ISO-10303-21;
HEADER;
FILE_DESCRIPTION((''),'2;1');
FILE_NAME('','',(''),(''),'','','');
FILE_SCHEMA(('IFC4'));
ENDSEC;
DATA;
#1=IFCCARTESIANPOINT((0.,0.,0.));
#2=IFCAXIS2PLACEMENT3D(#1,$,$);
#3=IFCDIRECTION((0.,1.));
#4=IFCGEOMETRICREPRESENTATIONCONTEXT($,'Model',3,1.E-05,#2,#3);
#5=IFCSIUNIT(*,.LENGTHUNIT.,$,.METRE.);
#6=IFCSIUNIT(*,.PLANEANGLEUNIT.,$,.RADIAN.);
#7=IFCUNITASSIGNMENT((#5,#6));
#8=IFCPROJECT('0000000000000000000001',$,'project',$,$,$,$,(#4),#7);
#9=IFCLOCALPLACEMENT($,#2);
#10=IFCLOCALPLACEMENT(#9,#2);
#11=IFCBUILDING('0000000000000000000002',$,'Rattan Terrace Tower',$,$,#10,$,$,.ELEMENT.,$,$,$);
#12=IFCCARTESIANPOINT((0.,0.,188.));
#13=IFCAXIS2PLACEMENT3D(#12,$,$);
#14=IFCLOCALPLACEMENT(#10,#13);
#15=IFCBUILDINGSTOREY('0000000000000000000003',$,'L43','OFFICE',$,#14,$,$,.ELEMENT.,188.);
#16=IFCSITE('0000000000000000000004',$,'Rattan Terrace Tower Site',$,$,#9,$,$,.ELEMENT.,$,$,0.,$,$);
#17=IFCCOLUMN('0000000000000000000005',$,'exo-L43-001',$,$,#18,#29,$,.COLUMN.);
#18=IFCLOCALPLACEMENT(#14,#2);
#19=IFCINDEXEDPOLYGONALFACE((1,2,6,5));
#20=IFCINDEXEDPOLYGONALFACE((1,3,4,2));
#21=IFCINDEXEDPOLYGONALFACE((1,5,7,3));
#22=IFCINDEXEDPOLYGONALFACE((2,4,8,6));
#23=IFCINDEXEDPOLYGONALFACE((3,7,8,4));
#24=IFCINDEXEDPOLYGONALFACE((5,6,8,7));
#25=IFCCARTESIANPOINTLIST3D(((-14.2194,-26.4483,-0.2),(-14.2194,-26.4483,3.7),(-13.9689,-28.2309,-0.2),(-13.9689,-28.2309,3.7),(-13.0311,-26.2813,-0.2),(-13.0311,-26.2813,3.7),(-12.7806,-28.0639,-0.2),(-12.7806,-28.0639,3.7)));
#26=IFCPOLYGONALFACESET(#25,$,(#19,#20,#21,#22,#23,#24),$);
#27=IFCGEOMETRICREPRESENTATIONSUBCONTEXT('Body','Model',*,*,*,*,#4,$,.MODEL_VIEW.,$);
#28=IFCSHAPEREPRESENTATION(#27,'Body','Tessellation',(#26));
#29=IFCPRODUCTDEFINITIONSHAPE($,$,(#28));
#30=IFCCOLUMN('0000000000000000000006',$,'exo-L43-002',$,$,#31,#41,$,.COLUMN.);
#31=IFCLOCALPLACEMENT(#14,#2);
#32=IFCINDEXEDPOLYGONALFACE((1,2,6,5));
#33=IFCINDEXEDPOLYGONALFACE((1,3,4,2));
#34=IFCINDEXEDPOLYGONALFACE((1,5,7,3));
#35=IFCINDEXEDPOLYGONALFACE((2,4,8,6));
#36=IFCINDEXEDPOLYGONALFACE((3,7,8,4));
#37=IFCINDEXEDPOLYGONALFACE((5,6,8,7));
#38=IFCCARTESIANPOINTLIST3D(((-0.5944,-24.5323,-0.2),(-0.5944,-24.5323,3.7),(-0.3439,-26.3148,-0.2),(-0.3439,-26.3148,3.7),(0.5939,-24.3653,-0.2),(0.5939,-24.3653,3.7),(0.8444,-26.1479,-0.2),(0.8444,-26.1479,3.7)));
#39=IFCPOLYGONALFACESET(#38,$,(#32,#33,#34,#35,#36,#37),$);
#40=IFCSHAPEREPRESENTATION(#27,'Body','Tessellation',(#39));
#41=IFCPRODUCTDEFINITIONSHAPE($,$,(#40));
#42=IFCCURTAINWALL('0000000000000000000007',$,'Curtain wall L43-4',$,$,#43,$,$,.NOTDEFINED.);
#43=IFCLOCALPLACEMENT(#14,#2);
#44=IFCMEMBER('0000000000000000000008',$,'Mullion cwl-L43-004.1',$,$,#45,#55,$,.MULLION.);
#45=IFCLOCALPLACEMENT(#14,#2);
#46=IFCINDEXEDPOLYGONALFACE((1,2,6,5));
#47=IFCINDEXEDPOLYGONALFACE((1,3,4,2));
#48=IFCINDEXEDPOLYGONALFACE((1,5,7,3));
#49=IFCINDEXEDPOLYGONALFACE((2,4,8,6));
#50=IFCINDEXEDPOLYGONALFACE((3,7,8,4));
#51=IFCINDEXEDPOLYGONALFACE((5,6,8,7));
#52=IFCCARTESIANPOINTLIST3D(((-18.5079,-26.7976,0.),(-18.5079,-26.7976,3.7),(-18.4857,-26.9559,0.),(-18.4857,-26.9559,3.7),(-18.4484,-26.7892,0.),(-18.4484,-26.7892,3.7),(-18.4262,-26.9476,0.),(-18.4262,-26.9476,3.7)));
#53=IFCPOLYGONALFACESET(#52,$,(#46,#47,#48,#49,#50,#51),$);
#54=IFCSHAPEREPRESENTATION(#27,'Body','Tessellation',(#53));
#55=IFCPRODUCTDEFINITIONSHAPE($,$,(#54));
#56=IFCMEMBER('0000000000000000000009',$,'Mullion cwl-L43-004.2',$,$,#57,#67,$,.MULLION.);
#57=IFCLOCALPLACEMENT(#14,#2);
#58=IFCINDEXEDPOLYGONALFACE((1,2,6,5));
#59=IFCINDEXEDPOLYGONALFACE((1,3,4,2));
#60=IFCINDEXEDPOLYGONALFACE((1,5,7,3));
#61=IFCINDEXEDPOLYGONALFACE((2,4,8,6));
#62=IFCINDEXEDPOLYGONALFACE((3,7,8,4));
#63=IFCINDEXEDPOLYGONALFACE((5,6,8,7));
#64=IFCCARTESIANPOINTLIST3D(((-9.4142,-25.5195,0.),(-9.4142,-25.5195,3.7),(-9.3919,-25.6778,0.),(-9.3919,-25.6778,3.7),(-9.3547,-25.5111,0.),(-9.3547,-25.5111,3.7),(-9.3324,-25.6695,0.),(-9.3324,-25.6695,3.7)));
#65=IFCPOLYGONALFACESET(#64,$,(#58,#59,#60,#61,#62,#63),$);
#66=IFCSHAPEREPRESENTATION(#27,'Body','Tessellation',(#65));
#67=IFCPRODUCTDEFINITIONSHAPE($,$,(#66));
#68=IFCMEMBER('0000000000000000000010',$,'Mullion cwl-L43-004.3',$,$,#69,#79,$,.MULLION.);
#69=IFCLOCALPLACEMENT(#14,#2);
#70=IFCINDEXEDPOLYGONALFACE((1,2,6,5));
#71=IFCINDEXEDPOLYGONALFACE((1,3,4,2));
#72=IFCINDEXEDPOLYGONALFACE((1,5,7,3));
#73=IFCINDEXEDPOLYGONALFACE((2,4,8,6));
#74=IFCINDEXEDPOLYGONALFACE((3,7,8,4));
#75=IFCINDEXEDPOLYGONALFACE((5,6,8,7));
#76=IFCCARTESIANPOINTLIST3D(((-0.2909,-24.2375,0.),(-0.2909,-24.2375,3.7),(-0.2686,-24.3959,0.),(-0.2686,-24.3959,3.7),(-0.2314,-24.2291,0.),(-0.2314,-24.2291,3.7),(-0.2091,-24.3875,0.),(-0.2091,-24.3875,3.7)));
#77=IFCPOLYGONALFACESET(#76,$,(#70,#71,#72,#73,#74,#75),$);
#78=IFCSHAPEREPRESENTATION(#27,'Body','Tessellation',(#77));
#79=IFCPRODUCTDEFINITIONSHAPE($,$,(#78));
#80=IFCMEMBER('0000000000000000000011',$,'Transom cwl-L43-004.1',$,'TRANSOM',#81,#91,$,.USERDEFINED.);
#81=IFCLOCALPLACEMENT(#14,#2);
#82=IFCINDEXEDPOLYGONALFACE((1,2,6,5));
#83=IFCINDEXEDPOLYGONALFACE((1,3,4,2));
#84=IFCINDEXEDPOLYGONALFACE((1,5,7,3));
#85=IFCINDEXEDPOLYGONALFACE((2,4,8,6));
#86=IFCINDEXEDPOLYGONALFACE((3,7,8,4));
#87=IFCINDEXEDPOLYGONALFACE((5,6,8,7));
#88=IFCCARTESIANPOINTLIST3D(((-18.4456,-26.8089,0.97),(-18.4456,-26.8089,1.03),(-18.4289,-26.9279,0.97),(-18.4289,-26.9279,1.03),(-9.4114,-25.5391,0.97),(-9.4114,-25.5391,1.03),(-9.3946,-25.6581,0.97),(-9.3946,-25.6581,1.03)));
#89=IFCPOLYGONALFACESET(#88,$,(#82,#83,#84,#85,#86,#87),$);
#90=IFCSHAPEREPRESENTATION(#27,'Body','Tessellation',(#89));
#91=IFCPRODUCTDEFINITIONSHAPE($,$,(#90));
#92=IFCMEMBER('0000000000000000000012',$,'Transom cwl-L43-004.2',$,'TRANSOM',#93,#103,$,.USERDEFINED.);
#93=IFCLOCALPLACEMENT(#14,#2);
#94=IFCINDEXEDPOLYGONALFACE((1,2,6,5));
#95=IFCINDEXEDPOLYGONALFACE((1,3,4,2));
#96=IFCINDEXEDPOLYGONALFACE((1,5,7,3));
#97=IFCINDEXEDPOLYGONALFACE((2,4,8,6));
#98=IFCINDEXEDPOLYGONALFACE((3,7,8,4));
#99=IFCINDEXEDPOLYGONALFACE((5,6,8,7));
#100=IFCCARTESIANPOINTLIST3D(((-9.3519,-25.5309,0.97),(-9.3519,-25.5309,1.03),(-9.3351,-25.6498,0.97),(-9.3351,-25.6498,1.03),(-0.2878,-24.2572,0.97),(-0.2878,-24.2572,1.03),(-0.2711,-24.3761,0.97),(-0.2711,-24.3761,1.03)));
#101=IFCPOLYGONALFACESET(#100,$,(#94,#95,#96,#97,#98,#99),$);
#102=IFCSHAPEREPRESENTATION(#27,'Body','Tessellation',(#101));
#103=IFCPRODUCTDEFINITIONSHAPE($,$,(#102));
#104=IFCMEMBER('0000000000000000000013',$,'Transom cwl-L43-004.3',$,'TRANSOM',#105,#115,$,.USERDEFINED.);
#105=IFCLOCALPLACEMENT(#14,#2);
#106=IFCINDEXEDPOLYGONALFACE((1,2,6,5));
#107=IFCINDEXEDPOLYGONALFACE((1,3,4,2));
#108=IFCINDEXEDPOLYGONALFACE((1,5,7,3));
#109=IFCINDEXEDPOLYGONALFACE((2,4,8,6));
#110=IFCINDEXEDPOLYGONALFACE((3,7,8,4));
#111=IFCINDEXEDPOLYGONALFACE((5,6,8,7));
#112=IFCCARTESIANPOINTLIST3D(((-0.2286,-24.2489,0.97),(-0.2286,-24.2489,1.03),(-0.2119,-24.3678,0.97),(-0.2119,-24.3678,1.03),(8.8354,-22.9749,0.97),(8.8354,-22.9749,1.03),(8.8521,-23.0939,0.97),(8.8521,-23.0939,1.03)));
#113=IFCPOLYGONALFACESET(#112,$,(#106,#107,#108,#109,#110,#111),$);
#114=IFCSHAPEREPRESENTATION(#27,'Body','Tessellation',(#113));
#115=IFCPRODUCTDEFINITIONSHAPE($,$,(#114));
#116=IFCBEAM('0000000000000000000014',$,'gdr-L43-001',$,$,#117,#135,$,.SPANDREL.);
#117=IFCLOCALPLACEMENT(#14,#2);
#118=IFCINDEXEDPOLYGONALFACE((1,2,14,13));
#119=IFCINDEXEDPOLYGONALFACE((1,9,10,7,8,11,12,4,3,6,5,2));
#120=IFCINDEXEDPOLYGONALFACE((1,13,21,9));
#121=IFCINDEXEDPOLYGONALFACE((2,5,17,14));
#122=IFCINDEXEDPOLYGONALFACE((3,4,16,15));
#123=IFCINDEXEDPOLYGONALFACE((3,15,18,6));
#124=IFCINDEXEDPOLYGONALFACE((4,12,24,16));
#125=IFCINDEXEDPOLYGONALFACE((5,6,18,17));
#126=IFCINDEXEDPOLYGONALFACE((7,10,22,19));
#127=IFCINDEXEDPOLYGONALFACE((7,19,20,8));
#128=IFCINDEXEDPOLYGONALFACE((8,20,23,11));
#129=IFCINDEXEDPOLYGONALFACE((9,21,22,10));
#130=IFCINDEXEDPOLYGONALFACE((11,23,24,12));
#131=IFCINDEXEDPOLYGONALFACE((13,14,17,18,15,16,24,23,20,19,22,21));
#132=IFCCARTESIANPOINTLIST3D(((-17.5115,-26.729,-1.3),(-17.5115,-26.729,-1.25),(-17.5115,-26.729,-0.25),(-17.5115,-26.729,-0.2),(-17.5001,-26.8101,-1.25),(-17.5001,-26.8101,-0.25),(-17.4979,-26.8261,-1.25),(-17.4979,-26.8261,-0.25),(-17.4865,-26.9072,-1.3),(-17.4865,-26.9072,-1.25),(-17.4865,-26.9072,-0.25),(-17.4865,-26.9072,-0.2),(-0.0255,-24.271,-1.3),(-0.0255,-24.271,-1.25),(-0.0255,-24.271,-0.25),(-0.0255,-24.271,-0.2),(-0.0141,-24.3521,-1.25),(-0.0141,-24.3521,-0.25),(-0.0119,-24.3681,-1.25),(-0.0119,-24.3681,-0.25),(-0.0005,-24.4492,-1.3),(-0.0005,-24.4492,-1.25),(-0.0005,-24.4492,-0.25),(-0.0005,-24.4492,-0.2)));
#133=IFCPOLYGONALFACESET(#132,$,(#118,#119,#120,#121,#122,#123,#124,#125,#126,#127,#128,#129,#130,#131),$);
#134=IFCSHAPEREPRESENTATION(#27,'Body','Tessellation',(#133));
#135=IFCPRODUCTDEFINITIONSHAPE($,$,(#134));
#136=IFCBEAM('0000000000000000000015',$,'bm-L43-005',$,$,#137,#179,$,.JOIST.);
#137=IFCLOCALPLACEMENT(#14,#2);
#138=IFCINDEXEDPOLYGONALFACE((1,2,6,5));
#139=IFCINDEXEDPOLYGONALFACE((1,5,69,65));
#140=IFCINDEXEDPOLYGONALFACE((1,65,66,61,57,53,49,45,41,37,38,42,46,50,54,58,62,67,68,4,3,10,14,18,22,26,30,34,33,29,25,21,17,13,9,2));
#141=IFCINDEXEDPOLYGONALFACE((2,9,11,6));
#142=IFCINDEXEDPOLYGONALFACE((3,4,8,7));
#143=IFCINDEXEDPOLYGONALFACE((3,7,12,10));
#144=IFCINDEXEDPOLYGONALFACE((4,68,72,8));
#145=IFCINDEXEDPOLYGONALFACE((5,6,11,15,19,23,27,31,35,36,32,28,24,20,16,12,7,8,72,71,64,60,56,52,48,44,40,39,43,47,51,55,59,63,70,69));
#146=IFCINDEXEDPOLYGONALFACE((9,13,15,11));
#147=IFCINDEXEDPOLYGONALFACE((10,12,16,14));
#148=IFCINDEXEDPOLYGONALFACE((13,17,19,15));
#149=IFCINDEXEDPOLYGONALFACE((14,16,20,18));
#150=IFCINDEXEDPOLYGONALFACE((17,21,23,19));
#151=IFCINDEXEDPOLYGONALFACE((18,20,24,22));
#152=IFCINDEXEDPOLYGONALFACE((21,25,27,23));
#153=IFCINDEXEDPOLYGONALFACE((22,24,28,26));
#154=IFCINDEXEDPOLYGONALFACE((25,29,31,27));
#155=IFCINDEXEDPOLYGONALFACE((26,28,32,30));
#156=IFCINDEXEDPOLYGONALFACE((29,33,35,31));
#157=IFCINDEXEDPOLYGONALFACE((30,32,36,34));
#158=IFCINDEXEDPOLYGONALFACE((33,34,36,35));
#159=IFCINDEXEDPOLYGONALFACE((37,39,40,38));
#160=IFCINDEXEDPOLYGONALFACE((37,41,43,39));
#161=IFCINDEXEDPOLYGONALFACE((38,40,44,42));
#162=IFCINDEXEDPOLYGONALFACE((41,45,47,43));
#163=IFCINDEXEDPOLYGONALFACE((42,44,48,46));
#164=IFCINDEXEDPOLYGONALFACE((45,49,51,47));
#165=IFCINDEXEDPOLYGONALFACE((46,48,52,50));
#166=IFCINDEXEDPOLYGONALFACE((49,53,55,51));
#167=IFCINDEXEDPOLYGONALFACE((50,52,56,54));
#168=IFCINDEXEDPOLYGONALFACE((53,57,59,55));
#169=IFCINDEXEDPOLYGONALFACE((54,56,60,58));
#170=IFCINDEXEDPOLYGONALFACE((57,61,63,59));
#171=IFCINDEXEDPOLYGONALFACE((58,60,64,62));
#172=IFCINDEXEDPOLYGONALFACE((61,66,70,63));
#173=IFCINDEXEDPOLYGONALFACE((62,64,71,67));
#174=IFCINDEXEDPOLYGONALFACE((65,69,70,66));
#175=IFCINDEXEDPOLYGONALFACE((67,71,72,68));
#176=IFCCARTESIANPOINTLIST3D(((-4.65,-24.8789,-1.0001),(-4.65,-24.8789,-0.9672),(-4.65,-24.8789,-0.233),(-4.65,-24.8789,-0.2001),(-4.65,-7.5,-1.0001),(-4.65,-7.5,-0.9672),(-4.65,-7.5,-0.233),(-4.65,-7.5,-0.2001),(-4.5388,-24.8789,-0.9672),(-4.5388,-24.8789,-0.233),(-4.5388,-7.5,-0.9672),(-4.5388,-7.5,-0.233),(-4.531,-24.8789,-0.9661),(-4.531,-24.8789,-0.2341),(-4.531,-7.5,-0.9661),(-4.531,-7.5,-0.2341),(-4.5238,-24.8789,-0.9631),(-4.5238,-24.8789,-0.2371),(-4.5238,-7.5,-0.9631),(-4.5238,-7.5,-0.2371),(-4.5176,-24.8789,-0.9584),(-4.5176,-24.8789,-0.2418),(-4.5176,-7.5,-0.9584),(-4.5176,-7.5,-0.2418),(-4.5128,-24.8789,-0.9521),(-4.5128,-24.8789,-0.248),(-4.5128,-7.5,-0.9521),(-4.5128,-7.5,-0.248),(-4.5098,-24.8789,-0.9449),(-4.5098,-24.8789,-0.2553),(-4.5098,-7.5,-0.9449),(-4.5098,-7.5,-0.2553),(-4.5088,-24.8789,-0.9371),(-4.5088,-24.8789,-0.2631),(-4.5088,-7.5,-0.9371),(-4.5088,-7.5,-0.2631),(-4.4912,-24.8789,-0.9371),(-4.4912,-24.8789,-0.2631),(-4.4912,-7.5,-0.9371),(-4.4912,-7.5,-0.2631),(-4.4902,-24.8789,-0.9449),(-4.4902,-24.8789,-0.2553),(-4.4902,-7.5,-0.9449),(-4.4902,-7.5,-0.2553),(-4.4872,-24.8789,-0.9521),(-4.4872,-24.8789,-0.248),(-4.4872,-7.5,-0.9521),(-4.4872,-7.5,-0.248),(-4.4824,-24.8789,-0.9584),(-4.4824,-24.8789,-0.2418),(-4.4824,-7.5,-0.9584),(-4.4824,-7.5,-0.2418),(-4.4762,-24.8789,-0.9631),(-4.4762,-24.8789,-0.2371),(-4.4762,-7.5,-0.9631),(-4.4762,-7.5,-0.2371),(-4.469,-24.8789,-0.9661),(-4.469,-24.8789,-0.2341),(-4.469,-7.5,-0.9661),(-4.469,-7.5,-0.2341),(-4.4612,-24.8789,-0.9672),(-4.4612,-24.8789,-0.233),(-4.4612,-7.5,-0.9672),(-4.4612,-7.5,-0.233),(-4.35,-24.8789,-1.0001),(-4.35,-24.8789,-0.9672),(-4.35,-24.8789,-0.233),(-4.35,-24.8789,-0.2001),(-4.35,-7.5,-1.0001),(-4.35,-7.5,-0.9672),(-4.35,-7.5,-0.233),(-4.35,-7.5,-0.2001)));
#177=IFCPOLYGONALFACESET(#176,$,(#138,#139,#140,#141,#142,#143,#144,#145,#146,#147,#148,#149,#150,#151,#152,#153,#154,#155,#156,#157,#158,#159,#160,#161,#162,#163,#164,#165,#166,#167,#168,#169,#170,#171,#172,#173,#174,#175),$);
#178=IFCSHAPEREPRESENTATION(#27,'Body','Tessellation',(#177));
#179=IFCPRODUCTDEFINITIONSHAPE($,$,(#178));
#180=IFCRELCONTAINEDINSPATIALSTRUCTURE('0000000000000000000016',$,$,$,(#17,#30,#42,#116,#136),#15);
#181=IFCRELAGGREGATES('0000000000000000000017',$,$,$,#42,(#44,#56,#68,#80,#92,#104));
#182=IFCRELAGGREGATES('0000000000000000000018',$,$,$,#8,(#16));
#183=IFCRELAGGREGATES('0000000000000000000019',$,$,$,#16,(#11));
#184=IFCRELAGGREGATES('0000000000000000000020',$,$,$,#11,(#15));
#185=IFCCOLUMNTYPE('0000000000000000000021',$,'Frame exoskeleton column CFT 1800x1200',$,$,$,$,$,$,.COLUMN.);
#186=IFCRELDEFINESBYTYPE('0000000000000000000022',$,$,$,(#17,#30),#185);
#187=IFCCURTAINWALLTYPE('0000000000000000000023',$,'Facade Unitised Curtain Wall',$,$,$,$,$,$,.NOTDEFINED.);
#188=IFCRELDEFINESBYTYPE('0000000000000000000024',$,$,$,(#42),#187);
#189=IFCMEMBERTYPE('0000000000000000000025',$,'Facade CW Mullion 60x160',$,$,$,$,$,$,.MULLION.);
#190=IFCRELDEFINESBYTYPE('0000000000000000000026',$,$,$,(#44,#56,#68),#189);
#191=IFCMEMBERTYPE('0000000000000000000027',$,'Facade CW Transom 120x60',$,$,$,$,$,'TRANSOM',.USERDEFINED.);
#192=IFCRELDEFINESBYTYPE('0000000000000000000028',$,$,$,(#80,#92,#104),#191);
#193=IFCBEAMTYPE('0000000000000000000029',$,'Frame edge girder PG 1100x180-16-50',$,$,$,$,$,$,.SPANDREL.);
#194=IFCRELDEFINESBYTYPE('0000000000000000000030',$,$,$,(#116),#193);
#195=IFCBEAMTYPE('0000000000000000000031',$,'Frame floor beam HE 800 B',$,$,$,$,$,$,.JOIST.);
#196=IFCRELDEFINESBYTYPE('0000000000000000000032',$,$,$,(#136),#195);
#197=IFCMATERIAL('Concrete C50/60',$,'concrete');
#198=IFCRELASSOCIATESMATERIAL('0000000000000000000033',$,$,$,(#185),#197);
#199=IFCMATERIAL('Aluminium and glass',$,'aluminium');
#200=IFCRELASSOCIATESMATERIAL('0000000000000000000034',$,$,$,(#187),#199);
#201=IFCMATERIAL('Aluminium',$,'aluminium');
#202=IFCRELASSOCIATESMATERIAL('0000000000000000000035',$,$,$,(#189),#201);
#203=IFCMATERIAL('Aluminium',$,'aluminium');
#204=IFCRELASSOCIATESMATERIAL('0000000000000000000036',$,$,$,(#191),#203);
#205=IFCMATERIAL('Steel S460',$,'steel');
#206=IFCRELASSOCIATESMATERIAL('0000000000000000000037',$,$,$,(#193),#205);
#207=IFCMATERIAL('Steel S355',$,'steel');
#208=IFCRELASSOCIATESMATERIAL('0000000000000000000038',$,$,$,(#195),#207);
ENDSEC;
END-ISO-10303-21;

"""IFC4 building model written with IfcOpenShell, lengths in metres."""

from ifc_helpers import new_model, si_unit, direction, frame, origin, origin_2d, place, context, subcontext, project, spatial, rectangle, i_section, extrude, material, material_profile, profile_set, type_object, element, aggregate, save


model = new_model("IFC4")

# Units and contexts
model_context = context("Model", 3, precision=1e-05, world=origin(), true_north=direction((0.0, 1.0)))
body_context = subcontext(model_context, "Body", "Model", "MODEL_VIEW")
ifc_project = project(units=[si_unit("LENGTHUNIT", "METRE"), si_unit("PLANEANGLEUNIT", "RADIAN")], contexts=[model_context])

# Site, building, storey
site_placement = place(None, origin())
site = spatial("IfcSite", under=ifc_project, at=site_placement, Name="Rattan Terrace Tower Site", CompositionType="ELEMENT", RefElevation=0.0)
building_placement = place(site_placement, origin())
building = spatial("IfcBuilding", under=site, at=building_placement, Name="Rattan Terrace Tower", CompositionType="ELEMENT")
storey_placement = place(building_placement, frame((0.0, 0.0, 188.0)))
storey = spatial("IfcBuildingStorey", under=building, at=storey_placement, Name="L43", Description="OFFICE", CompositionType="ELEMENT", Elevation=188.0)

# Columns
ifc_material_1 = material(Name="Concrete C50/60", Category="concrete")
ifc_material_profile_1 = material_profile(ifc_material_1, rectangle(XDim=1.2, YDim=1.8, at=origin_2d()), Name="CFT 1800x1200")
ifc_profile_set_1 = profile_set([ifc_material_profile_1], Name="Concrete C50/60")
column_type = type_object("IfcColumnType", Name="Frame exoskeleton column CFT 1800x1200", PredefinedType="COLUMN", material=ifc_profile_set_1)
for number, where, z_axis, x_axis, name in (
    (1, (-13.5, -27.2561, -0.2), (0.0, 0.0, 1.0), (0.99027, 0.139156, 0.0), "exo-L43-001"),
    (2, (0.125, -25.3401, -0.2), (0.0, 0.0, 1.0), (0.99027, 0.139156, 0.0), "exo-L43-002"),
):
    element("IfcColumn", number, at=place(storey_placement, frame(where, z_axis=z_axis, x_axis=x_axis)), inside=storey, type_object=column_type, Name=name, PredefinedType="COLUMN", context=body_context, shape_type="SweptSolid", body=[
        extrude(rectangle(XDim=1.2, YDim=1.8, at=origin_2d()), origin(), (0.0, 0.0, 1.0), 3.8999),
    ])

# Curtain wall, members
ifc_material_2 = material(Name="Aluminium and glass", Category="aluminium")
curtain_wall_type = type_object("IfcCurtainWallType", Name="Facade Unitised Curtain Wall", PredefinedType="NOTDEFINED", material=ifc_material_2)
curtain_wall_placement = place(storey_placement, origin())
curtain_wall = element("IfcCurtainWall", 3, at=curtain_wall_placement, inside=storey, type_object=curtain_wall_type, Name="Curtain wall L43-4", PredefinedType="NOTDEFINED")
ifc_material_3 = material(Name="Aluminium", Category="aluminium")
ifc_material_profile_2 = material_profile(ifc_material_3, rectangle(XDim=0.0601, YDim=0.1599, at=origin_2d()), Name="Aluminium 60x160")
ifc_profile_set_2 = profile_set([ifc_material_profile_2], Name="Aluminium")
member_type_1 = type_object("IfcMemberType", Name="Facade CW Mullion 60x160", PredefinedType="MULLION", material=ifc_profile_set_2)
member_1_placement = place(storey_placement, frame((-18.467, -26.8726, 0.0), z_axis=(0.0, 0.0, 1.0), x_axis=(0.99027, 0.139161, 0.0)))
member_1 = element("IfcMember", 4, at=member_1_placement, type_object=member_type_1, Name="Mullion cwl-L43-004.1", PredefinedType="MULLION", context=body_context, shape_type="SweptSolid", body=[
    extrude(rectangle(XDim=0.0601, YDim=0.1599, at=origin_2d()), origin(), (0.0, 0.0, 1.0), 3.7),
])
member_2_placement = place(storey_placement, frame((-9.3733, -25.5945, 0.0), z_axis=(0.0, 0.0, 1.0), x_axis=(0.99027, 0.139161, 0.0)))
member_2 = element("IfcMember", 5, at=member_2_placement, type_object=member_type_1, Name="Mullion cwl-L43-004.2", PredefinedType="MULLION", context=body_context, shape_type="SweptSolid", body=[
    extrude(rectangle(XDim=0.0601, YDim=0.1599, at=origin_2d()), origin(), (0.0, 0.0, 1.0), 3.7),
])
member_3_placement = place(storey_placement, frame((-0.25, -24.3125, 0.0), z_axis=(0.0, 0.0, 1.0), x_axis=(0.99027, 0.139161, 0.0)))
member_3 = element("IfcMember", 6, at=member_3_placement, type_object=member_type_1, Name="Mullion cwl-L43-004.3", PredefinedType="MULLION", context=body_context, shape_type="SweptSolid", body=[
    extrude(rectangle(XDim=0.0601, YDim=0.1599, at=origin_2d()), origin(), (0.0, 0.0, 1.0), 3.7),
])
ifc_material_4 = material(Name="Aluminium", Category="aluminium")
ifc_material_profile_3 = material_profile(ifc_material_4, rectangle(XDim=0.1201, YDim=0.0601, at=origin_2d()), Name="Aluminium 120x60")
ifc_profile_set_3 = profile_set([ifc_material_profile_3], Name="Aluminium")
member_type_2 = type_object("IfcMemberType", Name="Facade CW Transom 120x60", ElementType="TRANSOM", PredefinedType="USERDEFINED", material=ifc_profile_set_3)
member_4_placement = place(storey_placement, frame((-18.4373, -26.8684, 1.0), z_axis=(0.990266, 0.139184, 0.0), x_axis=(-0.139184, 0.990266, 0.0)))
member_4 = element("IfcMember", 7, at=member_4_placement, type_object=member_type_2, Name="Transom cwl-L43-004.1", ObjectType="TRANSOM", PredefinedType="USERDEFINED", context=body_context, shape_type="SweptSolid", body=[
    extrude(rectangle(XDim=0.1201, YDim=0.0601, at=origin_2d()), origin(), (0.0, 0.0, 1.0), 9.123),
])
member_5_placement = place(storey_placement, frame((-9.3435, -25.5903, 1.0), z_axis=(0.990271, 0.139154, 0.0), x_axis=(-0.139154, 0.990271, 0.0)))
member_5 = element("IfcMember", 8, at=member_5_placement, type_object=member_type_2, Name="Transom cwl-L43-004.2", ObjectType="TRANSOM", PredefinedType="USERDEFINED", context=body_context, shape_type="SweptSolid", body=[
    extrude(rectangle(XDim=0.1201, YDim=0.0601, at=origin_2d()), origin(), (0.0, 0.0, 1.0), 9.1531),
])
member_6_placement = place(storey_placement, frame((-0.2202, -24.3083, 1.0), z_axis=(0.990267, 0.13918, 0.0), x_axis=(-0.13918, 0.990267, 0.0)))
member_6 = element("IfcMember", 9, at=member_6_placement, type_object=member_type_2, Name="Transom cwl-L43-004.3", ObjectType="TRANSOM", PredefinedType="USERDEFINED", context=body_context, shape_type="SweptSolid", body=[
    extrude(rectangle(XDim=0.1201, YDim=0.0601, at=origin_2d()), origin(), (0.0, 0.0, 1.0), 9.1531),
])

# Beams
ifc_material_5 = material(Name="Steel S460", Category="steel")
ifc_material_profile_4 = material_profile(ifc_material_5, i_section(OverallWidth=0.1799, OverallDepth=1.1001, WebThickness=0.0161, FlangeThickness=0.05, at=origin_2d()), Name="PG 1100x180-16-50")
ifc_profile_set_4 = profile_set([ifc_material_profile_4], Name="Steel S460")
beam_type_1 = type_object("IfcBeamType", Name="Frame edge girder PG 1100x180-16-50", PredefinedType="SPANDREL", material=ifc_profile_set_4)
beam_1_placement = place(storey_placement, frame((-17.499, -26.8181, -0.75), z_axis=(0.990264, 0.139201, 0.0), x_axis=(-0.139201, 0.990264, 0.0)))
element("IfcBeam", 10, at=beam_1_placement, inside=storey, type_object=beam_type_1, Name="gdr-L43-001", PredefinedType="SPANDREL", context=body_context, shape_type="SweptSolid", body=[
    extrude(i_section(OverallWidth=0.1799, OverallDepth=1.1001, WebThickness=0.0161, FlangeThickness=0.05, at=origin_2d()), origin(), (0.0, 0.0, 1.0), 17.658),
])
ifc_material_6 = material(Name="Steel S355", Category="steel")
ifc_material_profile_5 = material_profile(ifc_material_6, i_section(OverallWidth=0.3, OverallDepth=0.8, WebThickness=0.0176, FlangeThickness=0.033, FilletRadius=0.03, at=origin_2d()), Name="HE 800 B")
ifc_profile_set_5 = profile_set([ifc_material_profile_5], Name="Steel S355")
beam_type_2 = type_object("IfcBeamType", Name="Frame floor beam HE 800 B", PredefinedType="JOIST", material=ifc_profile_set_5)
beam_2_placement = place(storey_placement, frame((-4.5, -24.8789, -0.6001), z_axis=(0.0, 1.0, 0.0), x_axis=(-1.0, 0.0, 0.0)))
element("IfcBeam", 11, at=beam_2_placement, inside=storey, type_object=beam_type_2, Name="bm-L43-005", PredefinedType="JOIST", context=body_context, shape_type="SweptSolid", body=[
    extrude(i_section(OverallWidth=0.3, OverallDepth=0.8, WebThickness=0.0176, FlangeThickness=0.033, FilletRadius=0.03, at=origin_2d()), origin(), (0.0, 0.0, 1.0), 17.3789),
])

aggregate(curtain_wall, [member_1, member_2, member_3, member_4, member_5, member_6])

save(model, "model.ifc")
